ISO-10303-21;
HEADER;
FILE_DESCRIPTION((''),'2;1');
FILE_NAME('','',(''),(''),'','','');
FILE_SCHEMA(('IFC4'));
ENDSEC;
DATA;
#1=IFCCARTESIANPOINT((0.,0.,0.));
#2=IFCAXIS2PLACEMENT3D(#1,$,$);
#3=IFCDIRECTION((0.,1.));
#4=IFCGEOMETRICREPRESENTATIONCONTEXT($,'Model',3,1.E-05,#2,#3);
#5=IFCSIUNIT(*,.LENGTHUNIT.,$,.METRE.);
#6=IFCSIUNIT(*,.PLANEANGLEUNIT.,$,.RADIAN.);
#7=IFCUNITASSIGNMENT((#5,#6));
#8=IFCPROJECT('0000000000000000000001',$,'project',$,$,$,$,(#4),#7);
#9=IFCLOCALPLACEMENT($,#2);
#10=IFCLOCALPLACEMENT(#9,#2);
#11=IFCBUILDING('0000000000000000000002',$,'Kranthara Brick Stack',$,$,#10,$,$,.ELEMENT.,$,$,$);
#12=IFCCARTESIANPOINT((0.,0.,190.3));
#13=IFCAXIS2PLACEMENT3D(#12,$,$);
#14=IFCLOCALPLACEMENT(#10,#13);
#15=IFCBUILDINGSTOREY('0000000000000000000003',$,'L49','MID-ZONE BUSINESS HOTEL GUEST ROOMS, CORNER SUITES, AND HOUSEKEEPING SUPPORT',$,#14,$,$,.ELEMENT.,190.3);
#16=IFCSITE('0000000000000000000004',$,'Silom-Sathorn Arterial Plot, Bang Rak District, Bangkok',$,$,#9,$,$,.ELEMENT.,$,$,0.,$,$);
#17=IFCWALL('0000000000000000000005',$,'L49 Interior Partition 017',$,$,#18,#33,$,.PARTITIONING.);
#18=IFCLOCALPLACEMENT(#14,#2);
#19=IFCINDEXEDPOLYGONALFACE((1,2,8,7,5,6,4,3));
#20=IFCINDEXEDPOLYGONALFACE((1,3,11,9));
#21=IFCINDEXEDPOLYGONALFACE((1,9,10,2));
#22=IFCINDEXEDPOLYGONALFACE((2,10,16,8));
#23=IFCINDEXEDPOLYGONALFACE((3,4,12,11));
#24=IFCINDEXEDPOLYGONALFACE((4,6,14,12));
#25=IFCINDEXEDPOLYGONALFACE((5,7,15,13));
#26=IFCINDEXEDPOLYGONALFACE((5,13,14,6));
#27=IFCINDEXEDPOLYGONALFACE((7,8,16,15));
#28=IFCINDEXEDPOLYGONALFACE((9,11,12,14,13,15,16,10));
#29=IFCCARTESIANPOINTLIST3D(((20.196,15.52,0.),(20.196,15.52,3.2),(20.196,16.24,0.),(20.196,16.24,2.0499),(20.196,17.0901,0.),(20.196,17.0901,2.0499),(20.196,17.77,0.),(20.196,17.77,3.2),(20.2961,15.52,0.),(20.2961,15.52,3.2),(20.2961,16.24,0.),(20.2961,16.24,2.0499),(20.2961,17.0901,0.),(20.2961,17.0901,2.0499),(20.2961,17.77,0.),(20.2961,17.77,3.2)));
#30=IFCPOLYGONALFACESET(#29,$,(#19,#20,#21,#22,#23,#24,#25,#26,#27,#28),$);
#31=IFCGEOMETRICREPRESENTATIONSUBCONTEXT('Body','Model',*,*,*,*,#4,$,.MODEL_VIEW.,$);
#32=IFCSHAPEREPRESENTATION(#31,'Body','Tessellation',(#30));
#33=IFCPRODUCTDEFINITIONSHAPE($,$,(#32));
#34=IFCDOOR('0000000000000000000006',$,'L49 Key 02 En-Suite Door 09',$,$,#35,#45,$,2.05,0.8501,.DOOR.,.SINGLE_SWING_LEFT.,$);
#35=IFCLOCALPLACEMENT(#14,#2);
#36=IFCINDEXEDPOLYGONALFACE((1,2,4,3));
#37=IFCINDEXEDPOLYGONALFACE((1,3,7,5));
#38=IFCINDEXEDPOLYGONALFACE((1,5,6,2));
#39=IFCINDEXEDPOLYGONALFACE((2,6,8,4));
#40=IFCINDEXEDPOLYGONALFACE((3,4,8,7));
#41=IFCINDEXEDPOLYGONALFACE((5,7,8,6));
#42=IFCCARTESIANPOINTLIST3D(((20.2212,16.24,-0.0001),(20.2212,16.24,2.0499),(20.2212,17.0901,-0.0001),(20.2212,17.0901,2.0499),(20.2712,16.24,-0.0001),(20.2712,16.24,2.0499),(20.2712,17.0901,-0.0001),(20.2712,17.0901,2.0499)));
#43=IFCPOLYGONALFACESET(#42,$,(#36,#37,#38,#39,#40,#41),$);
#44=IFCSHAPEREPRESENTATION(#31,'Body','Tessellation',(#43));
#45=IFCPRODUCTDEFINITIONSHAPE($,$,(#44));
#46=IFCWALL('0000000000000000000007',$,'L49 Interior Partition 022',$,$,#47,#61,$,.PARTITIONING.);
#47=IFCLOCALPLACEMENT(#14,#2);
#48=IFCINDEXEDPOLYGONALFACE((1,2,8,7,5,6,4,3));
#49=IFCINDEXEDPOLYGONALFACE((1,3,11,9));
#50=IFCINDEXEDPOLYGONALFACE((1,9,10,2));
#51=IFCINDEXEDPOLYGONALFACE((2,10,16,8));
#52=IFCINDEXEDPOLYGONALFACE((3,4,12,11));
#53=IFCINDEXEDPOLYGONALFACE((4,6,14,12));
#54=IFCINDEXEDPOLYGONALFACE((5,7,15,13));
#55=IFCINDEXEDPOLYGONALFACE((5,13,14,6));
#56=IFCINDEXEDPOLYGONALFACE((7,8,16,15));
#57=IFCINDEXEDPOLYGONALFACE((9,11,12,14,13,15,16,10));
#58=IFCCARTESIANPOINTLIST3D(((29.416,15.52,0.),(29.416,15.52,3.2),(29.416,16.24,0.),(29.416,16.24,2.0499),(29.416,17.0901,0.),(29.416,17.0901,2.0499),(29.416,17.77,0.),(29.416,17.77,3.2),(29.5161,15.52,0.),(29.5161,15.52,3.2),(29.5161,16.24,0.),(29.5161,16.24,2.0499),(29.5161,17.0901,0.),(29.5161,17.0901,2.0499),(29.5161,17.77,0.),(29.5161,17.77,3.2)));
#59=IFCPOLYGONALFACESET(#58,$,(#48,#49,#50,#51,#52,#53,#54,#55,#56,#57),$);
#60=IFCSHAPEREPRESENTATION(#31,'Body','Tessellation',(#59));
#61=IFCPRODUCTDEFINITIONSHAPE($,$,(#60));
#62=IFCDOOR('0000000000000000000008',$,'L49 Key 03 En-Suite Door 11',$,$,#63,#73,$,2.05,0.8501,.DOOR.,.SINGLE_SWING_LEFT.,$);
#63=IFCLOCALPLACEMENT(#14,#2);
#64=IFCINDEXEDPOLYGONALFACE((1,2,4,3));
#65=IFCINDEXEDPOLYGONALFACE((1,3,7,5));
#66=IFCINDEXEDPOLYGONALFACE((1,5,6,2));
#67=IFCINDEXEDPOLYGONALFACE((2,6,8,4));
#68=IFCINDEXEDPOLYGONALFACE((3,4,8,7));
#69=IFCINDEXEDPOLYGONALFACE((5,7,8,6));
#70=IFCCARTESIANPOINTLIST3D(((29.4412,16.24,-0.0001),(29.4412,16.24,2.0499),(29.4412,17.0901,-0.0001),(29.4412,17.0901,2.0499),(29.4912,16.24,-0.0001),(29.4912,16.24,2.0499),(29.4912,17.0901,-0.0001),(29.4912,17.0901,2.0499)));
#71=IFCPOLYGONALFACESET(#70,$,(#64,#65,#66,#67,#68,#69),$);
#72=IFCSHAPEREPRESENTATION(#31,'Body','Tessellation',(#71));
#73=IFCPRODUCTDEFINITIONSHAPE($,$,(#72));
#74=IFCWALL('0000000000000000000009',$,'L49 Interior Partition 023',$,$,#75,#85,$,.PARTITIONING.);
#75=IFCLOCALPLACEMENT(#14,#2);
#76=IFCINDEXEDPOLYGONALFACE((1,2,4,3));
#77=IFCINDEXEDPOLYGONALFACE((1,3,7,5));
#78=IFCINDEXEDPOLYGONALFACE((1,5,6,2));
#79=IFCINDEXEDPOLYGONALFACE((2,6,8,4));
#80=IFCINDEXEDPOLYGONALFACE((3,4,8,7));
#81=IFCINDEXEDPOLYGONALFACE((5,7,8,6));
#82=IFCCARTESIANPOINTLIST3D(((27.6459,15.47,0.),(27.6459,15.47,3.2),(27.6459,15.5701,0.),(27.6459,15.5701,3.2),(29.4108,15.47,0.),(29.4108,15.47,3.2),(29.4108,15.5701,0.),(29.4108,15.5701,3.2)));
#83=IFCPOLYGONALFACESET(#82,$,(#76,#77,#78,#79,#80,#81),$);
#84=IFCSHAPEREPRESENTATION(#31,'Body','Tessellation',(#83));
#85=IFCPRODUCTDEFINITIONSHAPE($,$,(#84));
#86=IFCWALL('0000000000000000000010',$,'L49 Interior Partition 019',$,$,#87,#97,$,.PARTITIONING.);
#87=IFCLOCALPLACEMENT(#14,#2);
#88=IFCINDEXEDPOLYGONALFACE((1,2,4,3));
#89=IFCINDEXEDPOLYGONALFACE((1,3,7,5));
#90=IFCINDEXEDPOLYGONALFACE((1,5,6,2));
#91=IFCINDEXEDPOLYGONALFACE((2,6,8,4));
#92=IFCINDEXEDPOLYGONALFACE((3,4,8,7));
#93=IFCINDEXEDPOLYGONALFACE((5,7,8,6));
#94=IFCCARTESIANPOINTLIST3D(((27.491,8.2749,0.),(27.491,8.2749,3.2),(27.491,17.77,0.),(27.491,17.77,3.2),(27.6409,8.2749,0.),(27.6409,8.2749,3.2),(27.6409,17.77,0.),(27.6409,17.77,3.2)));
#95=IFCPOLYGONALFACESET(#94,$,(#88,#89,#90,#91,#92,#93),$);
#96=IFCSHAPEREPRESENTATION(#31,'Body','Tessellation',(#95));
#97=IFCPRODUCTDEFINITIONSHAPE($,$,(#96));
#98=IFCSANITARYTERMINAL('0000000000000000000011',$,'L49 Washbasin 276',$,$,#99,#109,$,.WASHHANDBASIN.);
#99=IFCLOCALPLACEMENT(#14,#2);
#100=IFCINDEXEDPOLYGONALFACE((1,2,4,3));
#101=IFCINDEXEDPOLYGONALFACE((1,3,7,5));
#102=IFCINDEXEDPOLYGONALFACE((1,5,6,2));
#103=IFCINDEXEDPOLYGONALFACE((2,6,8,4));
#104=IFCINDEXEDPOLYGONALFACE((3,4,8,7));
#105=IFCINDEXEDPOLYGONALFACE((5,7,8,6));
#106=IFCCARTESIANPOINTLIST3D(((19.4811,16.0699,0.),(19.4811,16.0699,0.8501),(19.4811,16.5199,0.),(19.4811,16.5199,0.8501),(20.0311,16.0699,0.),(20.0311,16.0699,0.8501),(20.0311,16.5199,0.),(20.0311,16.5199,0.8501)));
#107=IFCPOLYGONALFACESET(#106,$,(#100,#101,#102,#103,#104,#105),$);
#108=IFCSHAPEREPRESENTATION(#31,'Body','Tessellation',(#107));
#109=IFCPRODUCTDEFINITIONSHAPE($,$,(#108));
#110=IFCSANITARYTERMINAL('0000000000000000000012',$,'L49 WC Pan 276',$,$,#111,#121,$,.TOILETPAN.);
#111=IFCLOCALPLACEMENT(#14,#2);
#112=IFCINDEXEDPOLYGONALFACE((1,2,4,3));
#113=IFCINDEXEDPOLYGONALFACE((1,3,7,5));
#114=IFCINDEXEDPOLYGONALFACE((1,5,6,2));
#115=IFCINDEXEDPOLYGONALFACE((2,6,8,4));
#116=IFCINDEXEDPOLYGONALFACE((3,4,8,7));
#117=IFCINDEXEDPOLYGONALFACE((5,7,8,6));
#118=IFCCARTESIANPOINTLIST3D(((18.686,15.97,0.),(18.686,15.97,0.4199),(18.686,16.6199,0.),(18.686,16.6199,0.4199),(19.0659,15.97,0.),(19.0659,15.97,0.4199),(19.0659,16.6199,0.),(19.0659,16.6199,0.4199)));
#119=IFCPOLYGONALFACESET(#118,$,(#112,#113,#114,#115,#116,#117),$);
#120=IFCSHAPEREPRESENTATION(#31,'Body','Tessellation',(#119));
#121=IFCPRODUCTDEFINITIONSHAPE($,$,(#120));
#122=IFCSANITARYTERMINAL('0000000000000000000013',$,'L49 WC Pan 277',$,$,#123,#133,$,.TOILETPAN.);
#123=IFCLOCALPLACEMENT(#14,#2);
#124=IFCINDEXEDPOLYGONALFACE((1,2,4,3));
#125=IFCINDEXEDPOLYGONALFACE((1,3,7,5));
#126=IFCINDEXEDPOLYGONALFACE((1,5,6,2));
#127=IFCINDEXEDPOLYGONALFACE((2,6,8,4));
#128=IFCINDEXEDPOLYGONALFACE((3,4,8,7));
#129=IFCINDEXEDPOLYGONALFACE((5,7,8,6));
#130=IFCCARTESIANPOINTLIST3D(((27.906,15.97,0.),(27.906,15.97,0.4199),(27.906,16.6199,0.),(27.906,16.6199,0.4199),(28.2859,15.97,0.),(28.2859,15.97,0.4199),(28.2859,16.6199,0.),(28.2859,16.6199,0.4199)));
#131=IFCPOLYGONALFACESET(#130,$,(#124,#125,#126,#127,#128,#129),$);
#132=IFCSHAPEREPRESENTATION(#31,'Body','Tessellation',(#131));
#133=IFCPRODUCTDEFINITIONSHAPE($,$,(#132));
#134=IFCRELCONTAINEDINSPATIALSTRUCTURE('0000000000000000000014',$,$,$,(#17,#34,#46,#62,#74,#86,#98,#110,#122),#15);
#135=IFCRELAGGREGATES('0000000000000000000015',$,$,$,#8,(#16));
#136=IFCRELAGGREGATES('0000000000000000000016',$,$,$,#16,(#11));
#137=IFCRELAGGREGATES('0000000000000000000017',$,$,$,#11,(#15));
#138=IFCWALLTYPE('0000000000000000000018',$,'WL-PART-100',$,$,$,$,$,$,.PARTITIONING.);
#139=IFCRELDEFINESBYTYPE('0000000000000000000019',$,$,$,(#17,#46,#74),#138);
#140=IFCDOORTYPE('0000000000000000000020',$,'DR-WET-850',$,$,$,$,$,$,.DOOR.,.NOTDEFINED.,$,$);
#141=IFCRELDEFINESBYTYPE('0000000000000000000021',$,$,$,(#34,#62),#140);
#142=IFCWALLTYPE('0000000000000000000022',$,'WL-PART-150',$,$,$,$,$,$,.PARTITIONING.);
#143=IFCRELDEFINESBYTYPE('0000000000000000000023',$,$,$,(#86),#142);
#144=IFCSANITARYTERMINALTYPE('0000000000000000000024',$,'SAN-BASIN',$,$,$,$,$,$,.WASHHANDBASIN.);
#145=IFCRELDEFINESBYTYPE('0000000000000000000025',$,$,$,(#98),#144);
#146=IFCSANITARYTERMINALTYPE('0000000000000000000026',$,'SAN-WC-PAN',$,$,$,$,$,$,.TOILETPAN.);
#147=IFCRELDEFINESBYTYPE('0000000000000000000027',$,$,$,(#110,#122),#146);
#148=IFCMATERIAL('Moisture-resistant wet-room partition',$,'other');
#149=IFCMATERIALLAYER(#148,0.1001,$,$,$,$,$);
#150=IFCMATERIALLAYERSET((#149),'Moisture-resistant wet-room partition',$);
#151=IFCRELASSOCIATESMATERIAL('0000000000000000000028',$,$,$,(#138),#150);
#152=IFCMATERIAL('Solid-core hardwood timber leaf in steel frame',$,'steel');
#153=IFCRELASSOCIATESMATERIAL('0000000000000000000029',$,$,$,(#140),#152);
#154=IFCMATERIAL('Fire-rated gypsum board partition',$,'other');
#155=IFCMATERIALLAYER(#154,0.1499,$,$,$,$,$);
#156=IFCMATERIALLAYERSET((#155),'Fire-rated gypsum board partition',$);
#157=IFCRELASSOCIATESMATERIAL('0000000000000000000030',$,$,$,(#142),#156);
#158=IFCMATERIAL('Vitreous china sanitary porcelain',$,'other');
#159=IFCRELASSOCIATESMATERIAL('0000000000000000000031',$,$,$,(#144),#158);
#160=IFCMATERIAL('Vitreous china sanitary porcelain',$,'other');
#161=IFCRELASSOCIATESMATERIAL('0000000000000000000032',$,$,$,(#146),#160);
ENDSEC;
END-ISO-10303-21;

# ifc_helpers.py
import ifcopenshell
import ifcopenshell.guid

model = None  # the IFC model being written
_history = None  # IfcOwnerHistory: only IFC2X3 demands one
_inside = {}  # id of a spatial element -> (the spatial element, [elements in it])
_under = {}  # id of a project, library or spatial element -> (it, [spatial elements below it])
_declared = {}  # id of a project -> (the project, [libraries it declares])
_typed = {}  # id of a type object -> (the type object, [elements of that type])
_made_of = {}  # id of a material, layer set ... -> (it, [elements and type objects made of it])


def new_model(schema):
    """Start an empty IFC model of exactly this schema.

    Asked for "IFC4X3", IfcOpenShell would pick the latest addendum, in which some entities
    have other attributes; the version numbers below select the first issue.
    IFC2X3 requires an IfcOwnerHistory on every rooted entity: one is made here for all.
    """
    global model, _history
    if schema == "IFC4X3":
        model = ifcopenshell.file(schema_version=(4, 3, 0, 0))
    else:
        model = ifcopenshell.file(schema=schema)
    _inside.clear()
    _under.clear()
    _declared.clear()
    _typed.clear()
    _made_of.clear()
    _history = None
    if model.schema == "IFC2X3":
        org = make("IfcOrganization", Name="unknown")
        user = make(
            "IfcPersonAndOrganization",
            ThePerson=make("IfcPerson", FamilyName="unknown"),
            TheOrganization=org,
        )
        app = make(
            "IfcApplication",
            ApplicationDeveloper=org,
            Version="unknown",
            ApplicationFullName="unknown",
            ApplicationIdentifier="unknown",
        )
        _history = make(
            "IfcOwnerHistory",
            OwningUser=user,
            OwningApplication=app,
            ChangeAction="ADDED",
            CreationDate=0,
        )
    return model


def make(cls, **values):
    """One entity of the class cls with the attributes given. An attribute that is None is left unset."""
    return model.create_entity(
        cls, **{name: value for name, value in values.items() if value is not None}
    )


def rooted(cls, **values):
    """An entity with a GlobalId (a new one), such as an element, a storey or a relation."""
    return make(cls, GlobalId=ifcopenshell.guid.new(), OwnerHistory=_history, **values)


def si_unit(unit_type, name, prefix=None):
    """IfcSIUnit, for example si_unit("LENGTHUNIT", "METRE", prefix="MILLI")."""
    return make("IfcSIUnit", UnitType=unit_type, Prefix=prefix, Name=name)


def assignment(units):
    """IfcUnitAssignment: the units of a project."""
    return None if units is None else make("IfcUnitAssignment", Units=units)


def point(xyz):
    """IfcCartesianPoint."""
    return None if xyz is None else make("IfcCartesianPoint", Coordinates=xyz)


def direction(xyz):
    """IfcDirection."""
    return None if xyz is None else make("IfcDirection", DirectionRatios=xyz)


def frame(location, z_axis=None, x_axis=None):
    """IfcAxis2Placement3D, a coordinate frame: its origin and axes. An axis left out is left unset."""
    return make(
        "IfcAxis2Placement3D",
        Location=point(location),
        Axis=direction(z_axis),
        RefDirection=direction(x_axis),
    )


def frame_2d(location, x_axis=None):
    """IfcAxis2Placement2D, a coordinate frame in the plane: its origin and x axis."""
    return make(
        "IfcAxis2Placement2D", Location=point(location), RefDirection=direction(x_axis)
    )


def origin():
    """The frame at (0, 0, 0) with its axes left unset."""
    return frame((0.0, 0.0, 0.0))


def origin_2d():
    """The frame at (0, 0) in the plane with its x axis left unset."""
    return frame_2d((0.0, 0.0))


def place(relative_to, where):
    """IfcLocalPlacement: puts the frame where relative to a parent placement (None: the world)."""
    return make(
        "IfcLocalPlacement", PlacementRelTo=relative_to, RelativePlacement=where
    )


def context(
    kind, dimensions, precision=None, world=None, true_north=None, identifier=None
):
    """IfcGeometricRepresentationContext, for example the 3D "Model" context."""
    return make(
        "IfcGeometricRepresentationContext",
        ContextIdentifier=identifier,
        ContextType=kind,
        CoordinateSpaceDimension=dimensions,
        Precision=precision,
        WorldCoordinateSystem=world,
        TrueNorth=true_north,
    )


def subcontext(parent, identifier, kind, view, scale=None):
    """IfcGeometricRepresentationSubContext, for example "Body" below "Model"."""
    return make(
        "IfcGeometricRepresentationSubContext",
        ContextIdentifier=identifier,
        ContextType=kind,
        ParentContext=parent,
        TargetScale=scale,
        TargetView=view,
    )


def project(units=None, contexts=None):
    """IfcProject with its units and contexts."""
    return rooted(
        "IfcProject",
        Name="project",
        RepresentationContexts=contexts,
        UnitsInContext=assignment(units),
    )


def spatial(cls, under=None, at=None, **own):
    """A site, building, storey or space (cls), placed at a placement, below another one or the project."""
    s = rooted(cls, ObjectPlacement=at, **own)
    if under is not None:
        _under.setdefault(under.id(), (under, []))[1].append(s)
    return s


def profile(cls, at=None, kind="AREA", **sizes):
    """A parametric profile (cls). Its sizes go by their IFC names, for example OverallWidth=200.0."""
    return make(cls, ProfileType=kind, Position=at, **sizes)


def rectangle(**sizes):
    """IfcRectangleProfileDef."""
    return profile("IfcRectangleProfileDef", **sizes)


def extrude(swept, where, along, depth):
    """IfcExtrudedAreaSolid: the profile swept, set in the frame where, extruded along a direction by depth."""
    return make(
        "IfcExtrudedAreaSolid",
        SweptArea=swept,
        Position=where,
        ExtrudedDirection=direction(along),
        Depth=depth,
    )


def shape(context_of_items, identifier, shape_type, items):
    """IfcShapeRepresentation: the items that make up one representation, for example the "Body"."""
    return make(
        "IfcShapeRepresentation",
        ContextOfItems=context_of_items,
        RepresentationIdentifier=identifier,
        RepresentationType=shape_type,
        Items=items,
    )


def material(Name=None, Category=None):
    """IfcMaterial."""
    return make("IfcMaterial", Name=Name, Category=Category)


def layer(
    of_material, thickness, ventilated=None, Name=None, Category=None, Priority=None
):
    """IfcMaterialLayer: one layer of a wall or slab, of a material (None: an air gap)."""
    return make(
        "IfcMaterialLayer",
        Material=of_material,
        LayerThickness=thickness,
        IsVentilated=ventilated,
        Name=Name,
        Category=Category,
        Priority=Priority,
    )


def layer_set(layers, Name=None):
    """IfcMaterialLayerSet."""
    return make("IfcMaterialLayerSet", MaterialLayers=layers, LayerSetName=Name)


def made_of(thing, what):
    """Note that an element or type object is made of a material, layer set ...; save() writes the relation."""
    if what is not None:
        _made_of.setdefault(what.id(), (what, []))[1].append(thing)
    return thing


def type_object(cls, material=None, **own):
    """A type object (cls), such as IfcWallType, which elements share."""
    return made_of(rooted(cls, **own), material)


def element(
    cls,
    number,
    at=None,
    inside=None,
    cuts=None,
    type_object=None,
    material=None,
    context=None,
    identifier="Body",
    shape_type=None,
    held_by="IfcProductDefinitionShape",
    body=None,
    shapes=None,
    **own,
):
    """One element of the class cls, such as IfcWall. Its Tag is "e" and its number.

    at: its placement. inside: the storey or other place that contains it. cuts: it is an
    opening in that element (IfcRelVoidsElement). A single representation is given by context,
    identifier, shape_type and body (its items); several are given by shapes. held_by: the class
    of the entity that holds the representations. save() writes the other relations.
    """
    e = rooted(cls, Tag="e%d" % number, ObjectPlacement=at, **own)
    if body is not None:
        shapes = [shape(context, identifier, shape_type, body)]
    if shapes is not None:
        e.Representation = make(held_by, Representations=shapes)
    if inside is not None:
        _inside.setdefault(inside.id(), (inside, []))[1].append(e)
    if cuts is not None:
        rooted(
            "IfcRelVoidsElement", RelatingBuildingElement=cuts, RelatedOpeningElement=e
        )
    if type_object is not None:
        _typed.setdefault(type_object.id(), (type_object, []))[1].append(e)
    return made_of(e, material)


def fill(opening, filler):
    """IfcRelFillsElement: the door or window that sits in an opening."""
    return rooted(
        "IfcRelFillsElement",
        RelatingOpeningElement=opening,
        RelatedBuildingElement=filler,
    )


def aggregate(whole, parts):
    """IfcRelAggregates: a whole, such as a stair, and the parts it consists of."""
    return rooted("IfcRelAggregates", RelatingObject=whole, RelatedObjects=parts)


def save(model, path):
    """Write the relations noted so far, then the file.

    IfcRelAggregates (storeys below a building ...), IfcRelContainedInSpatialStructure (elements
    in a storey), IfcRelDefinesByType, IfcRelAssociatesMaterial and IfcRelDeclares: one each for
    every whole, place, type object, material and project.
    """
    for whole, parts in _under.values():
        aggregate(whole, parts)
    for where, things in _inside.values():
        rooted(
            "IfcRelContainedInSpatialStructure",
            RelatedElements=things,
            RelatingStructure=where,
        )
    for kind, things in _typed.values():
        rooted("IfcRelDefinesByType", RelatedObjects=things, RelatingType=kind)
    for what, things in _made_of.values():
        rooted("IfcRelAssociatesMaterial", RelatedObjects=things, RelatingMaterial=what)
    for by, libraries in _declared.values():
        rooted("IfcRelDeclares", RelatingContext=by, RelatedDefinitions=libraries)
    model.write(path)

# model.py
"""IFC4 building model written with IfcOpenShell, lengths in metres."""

from ifc_helpers import new_model, si_unit, direction, frame, frame_2d, origin, origin_2d, place, context, subcontext, project, spatial, rectangle, extrude, material, layer, layer_set, type_object, element, fill, save


model = new_model("IFC4")

# Units and contexts
model_context = context("Model", 3, precision=1e-05, world=origin(), true_north=direction((0.0, 1.0)))
body_context = subcontext(model_context, "Body", "Model", "MODEL_VIEW")
ifc_project = project(units=[si_unit("LENGTHUNIT", "METRE"), si_unit("PLANEANGLEUNIT", "RADIAN")], contexts=[model_context])

# Site, building, storey
site_placement = place(None, origin())
site = spatial("IfcSite", under=ifc_project, at=site_placement, Name="Silom-Sathorn Arterial Plot, Bang Rak District, Bangkok", CompositionType="ELEMENT", RefElevation=0.0)
building_placement = place(site_placement, origin())
building = spatial("IfcBuilding", under=site, at=building_placement, Name="Kranthara Brick Stack", CompositionType="ELEMENT")
storey_placement = place(building_placement, frame((0.0, 0.0, 190.3)))
storey = spatial("IfcBuildingStorey", under=building, at=storey_placement, Name="L49", Description="MID-ZONE BUSINESS HOTEL GUEST ROOMS, CORNER SUITES, AND HOUSEKEEPING SUPPORT", CompositionType="ELEMENT", Elevation=190.3)

# Walls, openings, doors
ifc_material_1 = material(Name="Moisture-resistant wet-room partition", Category="other")
ifc_layer_1 = layer(ifc_material_1, 0.1001)
ifc_layer_set_1 = layer_set([ifc_layer_1], Name="Moisture-resistant wet-room partition")
wall_type_1 = type_object("IfcWallType", Name="WL-PART-100", PredefinedType="PARTITIONING", material=ifc_layer_set_1)
wall_1_placement = place(storey_placement, frame((20.2461, 15.52, 0.0), z_axis=(0.0, 0.0, 1.0), x_axis=(0.0, 1.0, 0.0)))
wall_1 = element("IfcWall", 1, at=wall_1_placement, inside=storey, type_object=wall_type_1, Name="L49 Interior Partition 017", PredefinedType="PARTITIONING", context=body_context, shape_type="SweptSolid", body=[
    extrude(rectangle(XDim=2.25, YDim=0.1001, at=frame_2d((1.125, 0.0))), origin(), (0.0, 0.0, 1.0), 3.2),
])
opening_1_placement = place(wall_1_placement, frame((0.72, 0.0, 0.0)))
opening_1 = element("IfcOpeningElement", 2, at=opening_1_placement, cuts=wall_1, PredefinedType="OPENING", context=body_context, shape_type="SweptSolid", body=[
    extrude(rectangle(XDim=0.8501, YDim=2.05, at=frame_2d((0.425, 1.0249))), frame((0.0, 0.0601, 0.0), z_axis=(0.0, -1.0, 0.0), x_axis=(1.0, 0.0, 0.0)), (0.0, 0.0, 1.0), 0.1201),
])
ifc_material_2 = material(Name="Solid-core hardwood timber leaf in steel frame", Category="steel")
door_type = type_object("IfcDoorType", Name="DR-WET-850", OperationType="NOTDEFINED", PredefinedType="DOOR", material=ifc_material_2)
door_1_placement = place(opening_1_placement, origin())
door_1 = element("IfcDoor", 3, at=door_1_placement, inside=storey, type_object=door_type, Name="L49 Key 02 En-Suite Door 09", OperationType="SINGLE_SWING_LEFT", OverallHeight=2.05, OverallWidth=0.8501, PredefinedType="DOOR", context=body_context, shape_type="SweptSolid", body=[
    extrude(rectangle(XDim=0.8501, YDim=2.05, at=frame_2d((0.425, 1.0249))), frame((0.0, 0.0249, 0.0), z_axis=(0.0, -1.0, 0.0), x_axis=(1.0, 0.0, 0.0)), (0.0, 0.0, 1.0), 0.05),
])
fill(opening_1, door_1)
wall_2_placement = place(storey_placement, frame((29.4661, 15.52, 0.0), z_axis=(0.0, 0.0, 1.0), x_axis=(0.0, 1.0, 0.0)))
wall_2 = element("IfcWall", 4, at=wall_2_placement, inside=storey, type_object=wall_type_1, Name="L49 Interior Partition 022", PredefinedType="PARTITIONING", context=body_context, shape_type="SweptSolid", body=[
    extrude(rectangle(XDim=2.25, YDim=0.1001, at=frame_2d((1.125, 0.0))), origin(), (0.0, 0.0, 1.0), 3.2),
])
opening_2_placement = place(wall_2_placement, frame((0.72, 0.0, 0.0)))
opening_2 = element("IfcOpeningElement", 5, at=opening_2_placement, cuts=wall_2, PredefinedType="OPENING", context=body_context, shape_type="SweptSolid", body=[
    extrude(rectangle(XDim=0.8501, YDim=2.05, at=frame_2d((0.425, 1.0249))), frame((0.0, 0.0601, 0.0), z_axis=(0.0, -1.0, 0.0), x_axis=(1.0, 0.0, 0.0)), (0.0, 0.0, 1.0), 0.1201),
])
door_2_placement = place(opening_2_placement, origin())
door_2 = element("IfcDoor", 6, at=door_2_placement, inside=storey, type_object=door_type, Name="L49 Key 03 En-Suite Door 11", OperationType="SINGLE_SWING_LEFT", OverallHeight=2.05, OverallWidth=0.8501, PredefinedType="DOOR", context=body_context, shape_type="SweptSolid", body=[
    extrude(rectangle(XDim=0.8501, YDim=2.05, at=frame_2d((0.425, 1.0249))), frame((0.0, 0.0249, 0.0), z_axis=(0.0, -1.0, 0.0), x_axis=(1.0, 0.0, 0.0)), (0.0, 0.0, 1.0), 0.05),
])
fill(opening_2, door_2)

# Walls
wall_3_placement = place(storey_placement, frame((27.646, 15.52, 0.0), z_axis=(0.0, 0.0, 1.0), x_axis=(1.0, 0.0, 0.0)))
element("IfcWall", 7, at=wall_3_placement, inside=storey, type_object=wall_type_1, Name="L49 Interior Partition 023", PredefinedType="PARTITIONING", context=body_context, shape_type="SweptSolid", body=[
    extrude(rectangle(XDim=1.7649, YDim=0.1001, at=frame_2d((0.8823, 0.0))), origin(), (0.0, 0.0, 1.0), 3.2),
])
ifc_material_3 = material(Name="Fire-rated gypsum board partition", Category="other")
ifc_layer_2 = layer(ifc_material_3, 0.1499)
ifc_layer_set_2 = layer_set([ifc_layer_2], Name="Fire-rated gypsum board partition")
wall_type_2 = type_object("IfcWallType", Name="WL-PART-150", PredefinedType="PARTITIONING", material=ifc_layer_set_2)
wall_4_placement = place(storey_placement, frame((27.5659, 8.2749, 0.0), z_axis=(0.0, 0.0, 1.0), x_axis=(0.0, 1.0, 0.0)))
element("IfcWall", 8, at=wall_4_placement, inside=storey, type_object=wall_type_2, Name="L49 Interior Partition 019", PredefinedType="PARTITIONING", context=body_context, shape_type="SweptSolid", body=[
    extrude(rectangle(XDim=9.4951, YDim=0.1499, at=frame_2d((4.7476, 0.0))), origin(), (0.0, 0.0, 1.0), 3.2),
])

# Sanitary terminals
ifc_material_4 = material(Name="Vitreous china sanitary porcelain", Category="other")
sanitary_terminal_type_1 = type_object("IfcSanitaryTerminalType", Name="SAN-BASIN", PredefinedType="WASHHANDBASIN", material=ifc_material_4)
sanitary_terminal_placement = place(storey_placement, frame((19.7561, 16.2949, 0.0), z_axis=(0.0, 0.0, 1.0), x_axis=(1.0, 0.0, 0.0)))
element("IfcSanitaryTerminal", 9, at=sanitary_terminal_placement, inside=storey, type_object=sanitary_terminal_type_1, Name="L49 Washbasin 276", PredefinedType="WASHHANDBASIN", context=body_context, shape_type="SweptSolid", body=[
    extrude(rectangle(XDim=0.55, YDim=0.45, at=origin_2d()), origin(), (0.0, 0.0, 1.0), 0.8501),
])
ifc_material_5 = material(Name="Vitreous china sanitary porcelain", Category="other")
sanitary_terminal_type_2 = type_object("IfcSanitaryTerminalType", Name="SAN-WC-PAN", PredefinedType="TOILETPAN", material=ifc_material_5)
for number, where, z_axis, x_axis, name in (
    (10, (18.876, 16.2949, 0.0), (0.0, 0.0, 1.0), (1.0, 0.0, 0.0), "L49 WC Pan 276"),
    (11, (28.0959, 16.2949, 0.0), (0.0, 0.0, 1.0), (1.0, 0.0, 0.0), "L49 WC Pan 277"),
):
    element("IfcSanitaryTerminal", number, at=place(storey_placement, frame(where, z_axis=z_axis, x_axis=x_axis)), inside=storey, type_object=sanitary_terminal_type_2, Name=name, PredefinedType="TOILETPAN", context=body_context, shape_type="SweptSolid", body=[
        extrude(rectangle(XDim=0.3799, YDim=0.6499, at=origin_2d()), origin(), (0.0, 0.0, 1.0), 0.4199),
    ])

save(model, "model.ifc")
